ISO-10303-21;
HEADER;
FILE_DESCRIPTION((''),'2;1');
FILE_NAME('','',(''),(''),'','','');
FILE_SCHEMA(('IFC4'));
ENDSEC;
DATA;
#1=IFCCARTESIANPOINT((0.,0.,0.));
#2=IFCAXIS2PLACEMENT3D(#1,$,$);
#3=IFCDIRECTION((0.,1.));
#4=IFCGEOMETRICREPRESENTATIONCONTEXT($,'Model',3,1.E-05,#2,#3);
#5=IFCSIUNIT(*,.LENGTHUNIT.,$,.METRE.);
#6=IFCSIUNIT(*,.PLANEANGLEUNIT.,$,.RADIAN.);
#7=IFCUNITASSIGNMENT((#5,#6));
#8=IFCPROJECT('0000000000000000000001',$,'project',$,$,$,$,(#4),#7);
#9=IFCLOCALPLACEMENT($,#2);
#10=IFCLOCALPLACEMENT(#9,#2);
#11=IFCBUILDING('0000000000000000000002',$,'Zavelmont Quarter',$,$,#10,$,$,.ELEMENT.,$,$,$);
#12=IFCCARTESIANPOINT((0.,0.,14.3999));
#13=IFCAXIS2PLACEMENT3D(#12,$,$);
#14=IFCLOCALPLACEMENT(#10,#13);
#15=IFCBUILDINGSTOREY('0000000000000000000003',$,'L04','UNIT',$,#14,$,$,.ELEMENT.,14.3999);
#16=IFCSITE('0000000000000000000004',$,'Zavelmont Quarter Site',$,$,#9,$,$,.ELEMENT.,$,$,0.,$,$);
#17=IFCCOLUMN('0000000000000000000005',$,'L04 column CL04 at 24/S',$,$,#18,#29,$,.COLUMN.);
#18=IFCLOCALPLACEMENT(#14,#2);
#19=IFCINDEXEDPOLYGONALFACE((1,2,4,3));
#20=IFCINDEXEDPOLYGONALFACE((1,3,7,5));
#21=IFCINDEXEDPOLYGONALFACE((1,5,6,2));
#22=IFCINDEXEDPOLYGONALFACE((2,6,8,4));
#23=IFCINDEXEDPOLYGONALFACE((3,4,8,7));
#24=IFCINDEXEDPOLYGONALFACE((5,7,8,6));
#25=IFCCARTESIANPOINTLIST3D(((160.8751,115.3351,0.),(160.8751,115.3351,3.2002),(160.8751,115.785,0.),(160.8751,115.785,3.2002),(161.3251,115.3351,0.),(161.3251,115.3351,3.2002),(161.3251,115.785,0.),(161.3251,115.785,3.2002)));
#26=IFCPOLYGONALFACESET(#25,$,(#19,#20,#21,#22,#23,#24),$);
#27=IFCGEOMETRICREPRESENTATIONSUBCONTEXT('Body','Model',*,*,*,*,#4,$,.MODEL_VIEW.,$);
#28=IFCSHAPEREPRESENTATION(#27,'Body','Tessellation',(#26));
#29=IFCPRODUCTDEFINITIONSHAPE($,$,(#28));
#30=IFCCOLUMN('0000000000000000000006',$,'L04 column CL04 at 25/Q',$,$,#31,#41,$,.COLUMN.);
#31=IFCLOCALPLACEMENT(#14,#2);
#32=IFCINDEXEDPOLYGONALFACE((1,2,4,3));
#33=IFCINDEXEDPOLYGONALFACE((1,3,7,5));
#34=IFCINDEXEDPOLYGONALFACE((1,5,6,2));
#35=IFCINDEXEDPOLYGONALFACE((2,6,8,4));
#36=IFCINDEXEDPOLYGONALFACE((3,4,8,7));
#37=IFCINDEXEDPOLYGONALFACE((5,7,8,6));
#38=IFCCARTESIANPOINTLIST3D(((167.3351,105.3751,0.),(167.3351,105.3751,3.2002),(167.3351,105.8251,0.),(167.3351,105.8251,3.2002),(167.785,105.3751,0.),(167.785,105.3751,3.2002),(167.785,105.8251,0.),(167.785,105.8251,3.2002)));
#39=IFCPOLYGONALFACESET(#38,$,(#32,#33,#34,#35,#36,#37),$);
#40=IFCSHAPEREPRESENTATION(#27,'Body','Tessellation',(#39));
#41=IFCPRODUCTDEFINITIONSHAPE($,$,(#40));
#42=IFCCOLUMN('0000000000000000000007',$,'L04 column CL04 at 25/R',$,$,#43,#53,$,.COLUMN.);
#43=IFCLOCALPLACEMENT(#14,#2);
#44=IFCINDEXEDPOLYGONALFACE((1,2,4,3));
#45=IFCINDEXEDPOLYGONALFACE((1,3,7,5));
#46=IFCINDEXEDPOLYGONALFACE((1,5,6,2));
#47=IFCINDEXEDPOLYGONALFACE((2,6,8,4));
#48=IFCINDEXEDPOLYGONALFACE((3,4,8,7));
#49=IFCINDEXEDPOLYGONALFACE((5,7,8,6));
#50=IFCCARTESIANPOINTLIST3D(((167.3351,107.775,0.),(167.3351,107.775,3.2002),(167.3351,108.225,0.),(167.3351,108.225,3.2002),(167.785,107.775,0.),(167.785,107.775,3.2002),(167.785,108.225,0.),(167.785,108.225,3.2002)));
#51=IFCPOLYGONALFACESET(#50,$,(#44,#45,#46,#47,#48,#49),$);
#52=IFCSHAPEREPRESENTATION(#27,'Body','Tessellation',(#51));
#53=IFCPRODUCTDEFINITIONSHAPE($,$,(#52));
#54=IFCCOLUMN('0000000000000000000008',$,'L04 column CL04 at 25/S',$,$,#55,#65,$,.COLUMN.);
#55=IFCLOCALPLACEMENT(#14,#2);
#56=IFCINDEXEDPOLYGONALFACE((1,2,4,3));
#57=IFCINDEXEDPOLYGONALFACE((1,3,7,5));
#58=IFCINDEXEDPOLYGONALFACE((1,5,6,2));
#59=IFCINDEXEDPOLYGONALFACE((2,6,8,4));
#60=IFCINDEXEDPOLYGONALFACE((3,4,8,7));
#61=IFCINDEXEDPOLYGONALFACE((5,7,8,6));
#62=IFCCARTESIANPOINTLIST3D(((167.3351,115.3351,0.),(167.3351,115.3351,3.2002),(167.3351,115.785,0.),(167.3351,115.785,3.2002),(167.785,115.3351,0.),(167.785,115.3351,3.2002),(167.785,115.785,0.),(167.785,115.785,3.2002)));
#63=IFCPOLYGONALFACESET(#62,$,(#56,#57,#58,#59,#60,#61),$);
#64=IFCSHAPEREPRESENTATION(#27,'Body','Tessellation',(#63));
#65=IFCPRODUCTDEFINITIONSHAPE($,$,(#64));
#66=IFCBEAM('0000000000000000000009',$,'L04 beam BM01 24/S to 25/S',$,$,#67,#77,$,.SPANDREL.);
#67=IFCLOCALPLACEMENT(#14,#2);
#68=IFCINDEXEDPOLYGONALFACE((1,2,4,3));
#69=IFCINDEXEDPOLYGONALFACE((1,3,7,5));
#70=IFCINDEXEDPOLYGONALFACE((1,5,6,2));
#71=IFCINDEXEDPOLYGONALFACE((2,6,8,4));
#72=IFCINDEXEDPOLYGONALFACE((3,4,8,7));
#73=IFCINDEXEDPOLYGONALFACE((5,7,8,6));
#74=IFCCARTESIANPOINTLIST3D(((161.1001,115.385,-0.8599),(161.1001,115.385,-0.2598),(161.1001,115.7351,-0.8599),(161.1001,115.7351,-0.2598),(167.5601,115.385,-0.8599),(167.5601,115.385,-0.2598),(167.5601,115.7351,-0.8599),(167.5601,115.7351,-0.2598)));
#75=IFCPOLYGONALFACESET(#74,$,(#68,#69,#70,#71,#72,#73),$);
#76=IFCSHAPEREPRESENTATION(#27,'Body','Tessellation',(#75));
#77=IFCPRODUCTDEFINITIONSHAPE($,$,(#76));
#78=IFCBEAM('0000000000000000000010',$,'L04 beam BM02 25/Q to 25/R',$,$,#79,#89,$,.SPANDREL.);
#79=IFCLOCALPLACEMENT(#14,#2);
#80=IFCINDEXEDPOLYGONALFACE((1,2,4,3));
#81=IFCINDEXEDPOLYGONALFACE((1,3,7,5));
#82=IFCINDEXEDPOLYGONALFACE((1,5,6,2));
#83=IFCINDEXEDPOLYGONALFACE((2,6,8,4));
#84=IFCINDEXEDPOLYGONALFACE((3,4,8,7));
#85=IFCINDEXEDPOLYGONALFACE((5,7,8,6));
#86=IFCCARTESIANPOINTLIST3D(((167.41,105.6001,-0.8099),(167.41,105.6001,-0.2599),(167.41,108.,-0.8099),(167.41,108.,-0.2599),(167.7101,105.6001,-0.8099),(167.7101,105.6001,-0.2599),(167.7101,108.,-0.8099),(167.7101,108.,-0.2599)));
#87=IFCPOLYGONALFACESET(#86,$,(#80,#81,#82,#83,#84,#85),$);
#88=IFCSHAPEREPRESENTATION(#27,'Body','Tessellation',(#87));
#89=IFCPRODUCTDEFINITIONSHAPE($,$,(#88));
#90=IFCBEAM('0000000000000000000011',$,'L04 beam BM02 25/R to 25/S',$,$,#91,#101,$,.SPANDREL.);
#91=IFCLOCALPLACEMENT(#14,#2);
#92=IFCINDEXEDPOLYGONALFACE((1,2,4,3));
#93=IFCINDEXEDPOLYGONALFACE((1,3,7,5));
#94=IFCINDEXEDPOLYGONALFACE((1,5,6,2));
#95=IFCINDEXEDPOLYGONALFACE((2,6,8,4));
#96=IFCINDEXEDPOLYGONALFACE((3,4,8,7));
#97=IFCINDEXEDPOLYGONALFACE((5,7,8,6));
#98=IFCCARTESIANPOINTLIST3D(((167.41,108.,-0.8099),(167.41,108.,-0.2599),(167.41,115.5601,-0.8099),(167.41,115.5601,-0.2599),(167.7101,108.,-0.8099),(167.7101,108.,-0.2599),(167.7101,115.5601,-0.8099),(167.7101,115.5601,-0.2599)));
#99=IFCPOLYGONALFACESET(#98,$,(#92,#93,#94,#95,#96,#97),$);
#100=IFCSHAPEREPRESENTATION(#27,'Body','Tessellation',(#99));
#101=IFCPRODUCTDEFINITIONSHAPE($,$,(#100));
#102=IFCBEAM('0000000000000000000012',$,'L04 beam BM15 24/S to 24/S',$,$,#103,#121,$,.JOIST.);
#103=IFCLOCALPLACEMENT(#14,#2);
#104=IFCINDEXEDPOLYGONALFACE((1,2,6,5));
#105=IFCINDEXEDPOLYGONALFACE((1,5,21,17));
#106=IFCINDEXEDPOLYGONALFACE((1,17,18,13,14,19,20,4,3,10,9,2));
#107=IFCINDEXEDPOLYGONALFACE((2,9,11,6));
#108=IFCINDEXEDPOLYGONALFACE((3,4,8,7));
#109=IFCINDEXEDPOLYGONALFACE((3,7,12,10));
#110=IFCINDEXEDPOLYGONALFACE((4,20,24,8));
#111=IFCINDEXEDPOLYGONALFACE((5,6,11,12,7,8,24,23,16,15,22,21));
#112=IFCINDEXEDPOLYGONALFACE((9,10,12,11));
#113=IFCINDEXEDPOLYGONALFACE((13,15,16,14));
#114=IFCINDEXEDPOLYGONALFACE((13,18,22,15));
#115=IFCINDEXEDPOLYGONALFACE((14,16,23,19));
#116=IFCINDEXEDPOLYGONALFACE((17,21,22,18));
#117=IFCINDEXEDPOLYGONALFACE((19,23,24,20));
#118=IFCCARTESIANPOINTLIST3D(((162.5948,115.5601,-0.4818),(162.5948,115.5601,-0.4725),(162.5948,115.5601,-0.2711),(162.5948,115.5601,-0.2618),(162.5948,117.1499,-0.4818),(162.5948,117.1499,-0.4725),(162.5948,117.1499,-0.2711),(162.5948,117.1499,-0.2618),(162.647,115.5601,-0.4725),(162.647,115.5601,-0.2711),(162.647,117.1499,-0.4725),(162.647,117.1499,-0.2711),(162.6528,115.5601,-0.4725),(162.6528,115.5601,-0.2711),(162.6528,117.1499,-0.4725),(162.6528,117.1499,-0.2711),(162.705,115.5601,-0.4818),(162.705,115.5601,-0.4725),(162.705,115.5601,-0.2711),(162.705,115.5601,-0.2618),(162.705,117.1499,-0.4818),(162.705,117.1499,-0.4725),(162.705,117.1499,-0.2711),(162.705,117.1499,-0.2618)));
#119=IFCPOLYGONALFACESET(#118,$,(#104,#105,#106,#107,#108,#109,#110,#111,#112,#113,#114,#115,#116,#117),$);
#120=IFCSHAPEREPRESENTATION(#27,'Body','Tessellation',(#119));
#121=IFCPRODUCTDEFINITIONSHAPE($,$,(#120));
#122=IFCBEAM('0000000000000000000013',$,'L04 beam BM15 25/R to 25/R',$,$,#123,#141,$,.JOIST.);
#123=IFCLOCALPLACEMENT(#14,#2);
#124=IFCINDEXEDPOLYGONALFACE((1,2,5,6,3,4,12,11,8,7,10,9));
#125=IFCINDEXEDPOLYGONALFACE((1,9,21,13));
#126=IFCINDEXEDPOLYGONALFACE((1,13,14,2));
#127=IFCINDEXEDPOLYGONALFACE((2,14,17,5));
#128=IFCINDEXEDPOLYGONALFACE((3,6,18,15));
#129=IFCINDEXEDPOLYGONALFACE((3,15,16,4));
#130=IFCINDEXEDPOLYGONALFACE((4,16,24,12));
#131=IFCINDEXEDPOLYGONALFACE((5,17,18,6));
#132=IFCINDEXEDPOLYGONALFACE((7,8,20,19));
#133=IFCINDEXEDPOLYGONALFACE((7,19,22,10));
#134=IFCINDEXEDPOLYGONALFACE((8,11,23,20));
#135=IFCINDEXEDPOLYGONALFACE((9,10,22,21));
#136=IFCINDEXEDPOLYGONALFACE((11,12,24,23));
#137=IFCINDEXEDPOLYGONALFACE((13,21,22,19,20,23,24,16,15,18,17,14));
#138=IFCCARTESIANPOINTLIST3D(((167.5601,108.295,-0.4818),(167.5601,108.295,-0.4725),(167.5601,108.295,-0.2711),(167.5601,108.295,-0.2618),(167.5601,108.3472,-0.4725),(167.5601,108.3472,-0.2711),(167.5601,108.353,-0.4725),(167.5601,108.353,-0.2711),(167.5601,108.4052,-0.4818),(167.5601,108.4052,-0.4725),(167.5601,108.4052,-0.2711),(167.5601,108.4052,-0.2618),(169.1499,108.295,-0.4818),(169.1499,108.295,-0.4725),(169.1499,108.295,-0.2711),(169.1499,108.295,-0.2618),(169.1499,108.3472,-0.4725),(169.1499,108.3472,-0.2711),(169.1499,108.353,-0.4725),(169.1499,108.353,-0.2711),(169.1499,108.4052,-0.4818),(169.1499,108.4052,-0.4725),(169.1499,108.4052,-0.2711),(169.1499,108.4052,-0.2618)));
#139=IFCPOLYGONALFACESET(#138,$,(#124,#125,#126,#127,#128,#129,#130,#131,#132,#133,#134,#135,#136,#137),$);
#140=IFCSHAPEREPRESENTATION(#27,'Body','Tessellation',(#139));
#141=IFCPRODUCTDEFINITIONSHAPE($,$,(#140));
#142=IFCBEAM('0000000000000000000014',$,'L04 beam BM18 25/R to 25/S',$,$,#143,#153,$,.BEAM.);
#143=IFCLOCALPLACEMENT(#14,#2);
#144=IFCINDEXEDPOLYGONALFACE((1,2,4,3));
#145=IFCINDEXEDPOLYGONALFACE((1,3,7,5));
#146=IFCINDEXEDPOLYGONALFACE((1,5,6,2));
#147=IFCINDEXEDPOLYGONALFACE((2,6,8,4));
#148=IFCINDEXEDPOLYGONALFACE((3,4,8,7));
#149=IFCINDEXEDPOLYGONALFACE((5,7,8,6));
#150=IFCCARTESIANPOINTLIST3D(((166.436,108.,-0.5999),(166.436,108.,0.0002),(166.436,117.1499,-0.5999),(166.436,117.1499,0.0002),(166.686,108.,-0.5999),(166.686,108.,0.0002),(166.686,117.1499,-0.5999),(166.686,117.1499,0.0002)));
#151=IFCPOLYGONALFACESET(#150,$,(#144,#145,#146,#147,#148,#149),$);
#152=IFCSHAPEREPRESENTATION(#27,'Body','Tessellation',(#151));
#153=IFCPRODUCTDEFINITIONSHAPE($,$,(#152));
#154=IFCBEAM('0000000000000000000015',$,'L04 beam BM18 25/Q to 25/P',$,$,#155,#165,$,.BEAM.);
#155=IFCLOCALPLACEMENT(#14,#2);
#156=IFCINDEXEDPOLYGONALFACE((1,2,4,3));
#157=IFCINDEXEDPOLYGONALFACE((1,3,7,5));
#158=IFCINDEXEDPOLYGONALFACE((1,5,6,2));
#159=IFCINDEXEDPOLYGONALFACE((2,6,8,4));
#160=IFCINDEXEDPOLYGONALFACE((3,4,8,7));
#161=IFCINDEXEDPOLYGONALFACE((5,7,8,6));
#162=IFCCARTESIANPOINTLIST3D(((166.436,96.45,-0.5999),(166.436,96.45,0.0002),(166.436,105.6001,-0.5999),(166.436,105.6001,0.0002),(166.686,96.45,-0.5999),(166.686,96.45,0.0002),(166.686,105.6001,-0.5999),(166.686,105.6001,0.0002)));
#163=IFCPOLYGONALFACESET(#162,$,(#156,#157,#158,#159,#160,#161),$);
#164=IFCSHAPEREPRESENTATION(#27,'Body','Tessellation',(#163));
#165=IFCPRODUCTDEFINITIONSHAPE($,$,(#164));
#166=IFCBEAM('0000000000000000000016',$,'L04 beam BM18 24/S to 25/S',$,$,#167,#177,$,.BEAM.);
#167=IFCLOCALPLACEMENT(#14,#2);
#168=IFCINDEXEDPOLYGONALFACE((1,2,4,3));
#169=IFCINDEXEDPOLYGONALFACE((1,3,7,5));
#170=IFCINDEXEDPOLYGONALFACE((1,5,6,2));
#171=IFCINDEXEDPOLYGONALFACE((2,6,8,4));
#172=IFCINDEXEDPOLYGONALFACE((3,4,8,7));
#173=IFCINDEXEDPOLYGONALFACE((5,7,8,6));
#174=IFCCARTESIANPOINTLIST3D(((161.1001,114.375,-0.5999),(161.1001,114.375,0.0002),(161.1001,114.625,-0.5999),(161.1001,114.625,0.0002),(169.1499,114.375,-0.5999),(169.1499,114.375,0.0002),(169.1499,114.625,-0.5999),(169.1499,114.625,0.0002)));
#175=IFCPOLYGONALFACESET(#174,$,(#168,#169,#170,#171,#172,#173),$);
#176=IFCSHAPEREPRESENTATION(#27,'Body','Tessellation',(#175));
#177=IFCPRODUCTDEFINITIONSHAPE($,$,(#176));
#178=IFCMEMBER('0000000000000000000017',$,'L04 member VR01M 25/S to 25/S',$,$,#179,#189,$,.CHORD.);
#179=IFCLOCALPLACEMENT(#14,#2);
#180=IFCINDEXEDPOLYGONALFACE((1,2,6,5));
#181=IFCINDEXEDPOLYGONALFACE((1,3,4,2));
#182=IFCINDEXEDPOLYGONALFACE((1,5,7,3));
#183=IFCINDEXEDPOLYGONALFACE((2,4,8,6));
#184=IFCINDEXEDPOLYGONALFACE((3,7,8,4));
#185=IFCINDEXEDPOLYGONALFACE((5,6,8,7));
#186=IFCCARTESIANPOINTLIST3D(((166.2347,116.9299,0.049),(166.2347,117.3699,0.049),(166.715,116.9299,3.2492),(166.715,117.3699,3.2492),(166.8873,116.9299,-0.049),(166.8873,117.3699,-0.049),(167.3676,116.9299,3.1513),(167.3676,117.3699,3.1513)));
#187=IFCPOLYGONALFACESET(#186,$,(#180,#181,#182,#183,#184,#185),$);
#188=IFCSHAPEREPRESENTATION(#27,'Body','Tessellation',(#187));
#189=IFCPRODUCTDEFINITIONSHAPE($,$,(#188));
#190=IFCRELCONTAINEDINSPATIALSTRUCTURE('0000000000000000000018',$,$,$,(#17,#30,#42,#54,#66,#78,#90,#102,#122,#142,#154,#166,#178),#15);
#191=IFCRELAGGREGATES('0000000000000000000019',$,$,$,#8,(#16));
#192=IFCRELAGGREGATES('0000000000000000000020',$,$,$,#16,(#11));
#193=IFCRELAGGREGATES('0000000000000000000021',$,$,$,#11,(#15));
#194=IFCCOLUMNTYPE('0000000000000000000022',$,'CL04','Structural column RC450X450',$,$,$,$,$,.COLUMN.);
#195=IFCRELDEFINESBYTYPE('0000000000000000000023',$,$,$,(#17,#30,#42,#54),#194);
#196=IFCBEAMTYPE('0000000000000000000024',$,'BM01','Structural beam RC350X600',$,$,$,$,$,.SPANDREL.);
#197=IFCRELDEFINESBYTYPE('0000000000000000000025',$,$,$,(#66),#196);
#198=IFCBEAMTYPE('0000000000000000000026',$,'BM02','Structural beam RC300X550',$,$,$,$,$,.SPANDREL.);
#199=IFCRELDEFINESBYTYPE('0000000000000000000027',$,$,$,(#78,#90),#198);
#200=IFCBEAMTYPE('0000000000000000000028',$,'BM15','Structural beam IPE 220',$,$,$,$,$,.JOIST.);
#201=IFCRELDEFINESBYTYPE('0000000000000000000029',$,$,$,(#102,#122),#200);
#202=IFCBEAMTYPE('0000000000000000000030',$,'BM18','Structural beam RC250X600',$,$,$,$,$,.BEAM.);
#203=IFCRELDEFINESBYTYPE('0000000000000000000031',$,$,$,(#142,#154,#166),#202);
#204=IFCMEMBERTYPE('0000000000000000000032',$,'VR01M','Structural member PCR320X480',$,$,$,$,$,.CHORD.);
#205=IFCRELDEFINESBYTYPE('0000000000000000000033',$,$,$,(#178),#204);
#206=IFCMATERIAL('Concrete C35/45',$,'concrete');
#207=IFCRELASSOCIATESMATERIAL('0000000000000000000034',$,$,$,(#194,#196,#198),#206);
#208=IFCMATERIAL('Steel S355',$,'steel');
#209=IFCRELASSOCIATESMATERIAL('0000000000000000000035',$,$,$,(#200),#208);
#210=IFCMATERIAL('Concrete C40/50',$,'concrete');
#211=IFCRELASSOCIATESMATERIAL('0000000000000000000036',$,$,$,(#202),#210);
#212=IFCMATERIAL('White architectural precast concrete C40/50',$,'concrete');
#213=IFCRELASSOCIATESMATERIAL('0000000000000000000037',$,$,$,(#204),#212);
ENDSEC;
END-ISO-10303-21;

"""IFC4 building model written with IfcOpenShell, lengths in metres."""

from ifc_helpers import new_model, si_unit, direction, frame, origin, origin_2d, place, context, subcontext, project, spatial, rectangle, i_section, extrude, material, material_profile, profile_set, type_object, element, save


model = new_model("IFC4")

# Units and contexts
model_context = context("Model", 3, precision=1e-05, world=origin(), true_north=direction((0.0, 1.0)))
body_context = subcontext(model_context, "Body", "Model", "MODEL_VIEW")
ifc_project = project(units=[si_unit("LENGTHUNIT", "METRE"), si_unit("PLANEANGLEUNIT", "RADIAN")], contexts=[model_context])

# Site, building, storey
site_placement = place(None, origin())
site = spatial("IfcSite", under=ifc_project, at=site_placement, Name="Zavelmont Quarter Site", CompositionType="ELEMENT", RefElevation=0.0)
building_placement = place(site_placement, origin())
building = spatial("IfcBuilding", under=site, at=building_placement, Name="Zavelmont Quarter", CompositionType="ELEMENT")
storey_placement = place(building_placement, frame((0.0, 0.0, 14.3999)))
storey = spatial("IfcBuildingStorey", under=building, at=storey_placement, Name="L04", Description="UNIT", CompositionType="ELEMENT", Elevation=14.3999)

# Columns
ifc_material_1 = material(Name="Concrete C35/45", Category="concrete")
ifc_material_profile_1 = material_profile(ifc_material_1, rectangle(XDim=0.45, YDim=0.45, at=origin_2d()), Name="RC450X450")
ifc_profile_set_1 = profile_set([ifc_material_profile_1], Name="Concrete C35/45")
column_type = type_object("IfcColumnType", Name="CL04", Description="Structural column RC450X450", PredefinedType="COLUMN", material=ifc_profile_set_1)
for number, where, z_axis, x_axis, name in (
    (1, (161.1001, 115.5601, 0.0), (0.0, 0.0, 1.0), (1.0, 0.0, 0.0), "L04 column CL04 at 24/S"),
    (2, (167.5601, 105.6001, 0.0), (0.0, 0.0, 1.0), (1.0, 0.0, 0.0), "L04 column CL04 at 25/Q"),
    (3, (167.5601, 108.0, 0.0), (0.0, 0.0, 1.0), (1.0, 0.0, 0.0), "L04 column CL04 at 25/R"),
    (4, (167.5601, 115.5601, 0.0), (0.0, 0.0, 1.0), (1.0, 0.0, 0.0), "L04 column CL04 at 25/S"),
):
    element("IfcColumn", number, at=place(storey_placement, frame(where, z_axis=z_axis, x_axis=x_axis)), inside=storey, type_object=column_type, Name=name, PredefinedType="COLUMN", context=body_context, shape_type="SweptSolid", body=[
        extrude(rectangle(XDim=0.45, YDim=0.45, at=origin_2d()), origin(), (0.0, 0.0, 1.0), 3.2002),
    ])

# Beams
ifc_material_profile_2 = material_profile(ifc_material_1, rectangle(XDim=0.3501, YDim=0.6001, at=origin_2d()), Name="RC350X600")
ifc_profile_set_2 = profile_set([ifc_material_profile_2], Name="Concrete C35/45")
beam_type_1 = type_object("IfcBeamType", Name="BM01", Description="Structural beam RC350X600", PredefinedType="SPANDREL", material=ifc_profile_set_2)
beam_1_placement = place(storey_placement, frame((161.1001, 115.5601, -0.5598), z_axis=(1.0, 0.0, 0.0), x_axis=(0.0, 1.0, 0.0)))
element("IfcBeam", 5, at=beam_1_placement, inside=storey, type_object=beam_type_1, Name="L04 beam BM01 24/S to 25/S", PredefinedType="SPANDREL", context=body_context, shape_type="SweptSolid", body=[
    extrude(rectangle(XDim=0.3501, YDim=0.6001, at=origin_2d()), origin(), (0.0, 0.0, 1.0), 6.46),
])
ifc_material_profile_3 = material_profile(ifc_material_1, rectangle(XDim=0.3, YDim=0.55, at=origin_2d()), Name="RC300X550")
ifc_profile_set_3 = profile_set([ifc_material_profile_3], Name="Concrete C35/45")
beam_type_2 = type_object("IfcBeamType", Name="BM02", Description="Structural beam RC300X550", PredefinedType="SPANDREL", material=ifc_profile_set_3)
beam_2_placement = place(storey_placement, frame((167.5601, 105.6001, -0.5349), z_axis=(0.0, 1.0, 0.0), x_axis=(-1.0, 0.0, 0.0)))
element("IfcBeam", 6, at=beam_2_placement, inside=storey, type_object=beam_type_2, Name="L04 beam BM02 25/Q to 25/R", PredefinedType="SPANDREL", context=body_context, shape_type="SweptSolid", body=[
    extrude(rectangle(XDim=0.3, YDim=0.55, at=origin_2d()), origin(), (0.0, 0.0, 1.0), 2.3999),
])
beam_3_placement = place(storey_placement, frame((167.5601, 108.0, -0.5349), z_axis=(0.0, 1.0, 0.0), x_axis=(-1.0, 0.0, 0.0)))
element("IfcBeam", 7, at=beam_3_placement, inside=storey, type_object=beam_type_2, Name="L04 beam BM02 25/R to 25/S", PredefinedType="SPANDREL", context=body_context, shape_type="SweptSolid", body=[
    extrude(rectangle(XDim=0.3, YDim=0.55, at=origin_2d()), origin(), (0.0, 0.0, 1.0), 7.5601),
])
ifc_material_2 = material(Name="Steel S355", Category="steel")
ifc_material_profile_4 = material_profile(ifc_material_2, i_section(OverallWidth=0.1101, OverallDepth=0.22, WebThickness=0.0059, FlangeThickness=0.0093, at=origin_2d()), Name="IPE 220")
ifc_profile_set_4 = profile_set([ifc_material_profile_4], Name="Steel S355")
beam_type_3 = type_object("IfcBeamType", Name="BM15", Description="Structural beam IPE 220", PredefinedType="JOIST", material=ifc_profile_set_4)
for number, where, z_axis, x_axis, name in (
    (8, (162.6499, 115.5601, -0.3718), (0.0, 1.0, 0.0), (-1.0, 0.0, 0.0), "L04 beam BM15 24/S to 24/S"),
    (9, (167.5601, 108.3501, -0.3718), (1.0, 0.0, 0.0), (0.0, 1.0, 0.0), "L04 beam BM15 25/R to 25/R"),
):
    element("IfcBeam", number, at=place(storey_placement, frame(where, z_axis=z_axis, x_axis=x_axis)), inside=storey, type_object=beam_type_3, Name=name, PredefinedType="JOIST", context=body_context, shape_type="SweptSolid", body=[
        extrude(i_section(OverallWidth=0.1101, OverallDepth=0.22, WebThickness=0.0059, FlangeThickness=0.0093, at=origin_2d()), origin(), (0.0, 0.0, 1.0), 1.5898),
    ])
ifc_material_3 = material(Name="Concrete C40/50", Category="concrete")
ifc_material_profile_5 = material_profile(ifc_material_3, rectangle(XDim=0.25, YDim=0.6001, at=origin_2d()), Name="RC250X600")
ifc_profile_set_5 = profile_set([ifc_material_profile_5], Name="Concrete C40/50")
beam_type_4 = type_object("IfcBeamType", Name="BM18", Description="Structural beam RC250X600", PredefinedType="BEAM", material=ifc_profile_set_5)
beam_4_placement = place(storey_placement, frame((166.561, 108.0, -0.2998), z_axis=(0.0, 1.0, 0.0), x_axis=(-1.0, 0.0, 0.0)))
element("IfcBeam", 10, at=beam_4_placement, inside=storey, type_object=beam_type_4, Name="L04 beam BM18 25/R to 25/S", PredefinedType="BEAM", context=body_context, shape_type="SweptSolid", body=[
    extrude(rectangle(XDim=0.25, YDim=0.6001, at=origin_2d()), origin(), (0.0, 0.0, 1.0), 9.1499),
])
beam_5_placement = place(storey_placement, frame((166.561, 105.6001, -0.2998), z_axis=(0.0, -1.0, 0.0), x_axis=(1.0, 0.0, 0.0)))
element("IfcBeam", 11, at=beam_5_placement, inside=storey, type_object=beam_type_4, Name="L04 beam BM18 25/Q to 25/P", PredefinedType="BEAM", context=body_context, shape_type="SweptSolid", body=[
    extrude(rectangle(XDim=0.25, YDim=0.6001, at=origin_2d()), origin(), (0.0, 0.0, 1.0), 9.1501),
])
beam_6_placement = place(storey_placement, frame((161.1001, 114.5, -0.2998), z_axis=(1.0, 0.0, 0.0), x_axis=(0.0, 1.0, 0.0)))
element("IfcBeam", 12, at=beam_6_placement, inside=storey, type_object=beam_type_4, Name="L04 beam BM18 24/S to 25/S", PredefinedType="BEAM", context=body_context, shape_type="SweptSolid", body=[
    extrude(rectangle(XDim=0.25, YDim=0.6001, at=origin_2d()), origin(), (0.0, 0.0, 1.0), 8.0498),
])

# Member
ifc_material_4 = material(Name="White architectural precast concrete C40/50", Category="concrete")
ifc_material_profile_6 = material_profile(ifc_material_4, rectangle(XDim=0.4399, YDim=0.6599, at=origin_2d()), Name="PCR320X480")
ifc_profile_set_6 = profile_set([ifc_material_profile_6], Name="White architectural precast concrete C40/50")
member_type = type_object("IfcMemberType", Name="VR01M", Description="Structural member PCR320X480", PredefinedType="CHORD", material=ifc_profile_set_6)
member_1_placement = place(storey_placement, frame((166.561, 117.1499, 0.0), z_axis=(0.148399, 0.0, 0.988927), x_axis=(0.0, 1.0, 0.0)))
element("IfcMember", 13, at=member_1_placement, inside=storey, type_object=member_type, Name="L04 member VR01M 25/S to 25/S", PredefinedType="CHORD", context=body_context, shape_type="SweptSolid", body=[
    extrude(rectangle(XDim=0.4399, YDim=0.6599, at=origin_2d()), origin(), (0.0, 0.0, 1.0), 3.2361),
])

save(model, "model.ifc")
